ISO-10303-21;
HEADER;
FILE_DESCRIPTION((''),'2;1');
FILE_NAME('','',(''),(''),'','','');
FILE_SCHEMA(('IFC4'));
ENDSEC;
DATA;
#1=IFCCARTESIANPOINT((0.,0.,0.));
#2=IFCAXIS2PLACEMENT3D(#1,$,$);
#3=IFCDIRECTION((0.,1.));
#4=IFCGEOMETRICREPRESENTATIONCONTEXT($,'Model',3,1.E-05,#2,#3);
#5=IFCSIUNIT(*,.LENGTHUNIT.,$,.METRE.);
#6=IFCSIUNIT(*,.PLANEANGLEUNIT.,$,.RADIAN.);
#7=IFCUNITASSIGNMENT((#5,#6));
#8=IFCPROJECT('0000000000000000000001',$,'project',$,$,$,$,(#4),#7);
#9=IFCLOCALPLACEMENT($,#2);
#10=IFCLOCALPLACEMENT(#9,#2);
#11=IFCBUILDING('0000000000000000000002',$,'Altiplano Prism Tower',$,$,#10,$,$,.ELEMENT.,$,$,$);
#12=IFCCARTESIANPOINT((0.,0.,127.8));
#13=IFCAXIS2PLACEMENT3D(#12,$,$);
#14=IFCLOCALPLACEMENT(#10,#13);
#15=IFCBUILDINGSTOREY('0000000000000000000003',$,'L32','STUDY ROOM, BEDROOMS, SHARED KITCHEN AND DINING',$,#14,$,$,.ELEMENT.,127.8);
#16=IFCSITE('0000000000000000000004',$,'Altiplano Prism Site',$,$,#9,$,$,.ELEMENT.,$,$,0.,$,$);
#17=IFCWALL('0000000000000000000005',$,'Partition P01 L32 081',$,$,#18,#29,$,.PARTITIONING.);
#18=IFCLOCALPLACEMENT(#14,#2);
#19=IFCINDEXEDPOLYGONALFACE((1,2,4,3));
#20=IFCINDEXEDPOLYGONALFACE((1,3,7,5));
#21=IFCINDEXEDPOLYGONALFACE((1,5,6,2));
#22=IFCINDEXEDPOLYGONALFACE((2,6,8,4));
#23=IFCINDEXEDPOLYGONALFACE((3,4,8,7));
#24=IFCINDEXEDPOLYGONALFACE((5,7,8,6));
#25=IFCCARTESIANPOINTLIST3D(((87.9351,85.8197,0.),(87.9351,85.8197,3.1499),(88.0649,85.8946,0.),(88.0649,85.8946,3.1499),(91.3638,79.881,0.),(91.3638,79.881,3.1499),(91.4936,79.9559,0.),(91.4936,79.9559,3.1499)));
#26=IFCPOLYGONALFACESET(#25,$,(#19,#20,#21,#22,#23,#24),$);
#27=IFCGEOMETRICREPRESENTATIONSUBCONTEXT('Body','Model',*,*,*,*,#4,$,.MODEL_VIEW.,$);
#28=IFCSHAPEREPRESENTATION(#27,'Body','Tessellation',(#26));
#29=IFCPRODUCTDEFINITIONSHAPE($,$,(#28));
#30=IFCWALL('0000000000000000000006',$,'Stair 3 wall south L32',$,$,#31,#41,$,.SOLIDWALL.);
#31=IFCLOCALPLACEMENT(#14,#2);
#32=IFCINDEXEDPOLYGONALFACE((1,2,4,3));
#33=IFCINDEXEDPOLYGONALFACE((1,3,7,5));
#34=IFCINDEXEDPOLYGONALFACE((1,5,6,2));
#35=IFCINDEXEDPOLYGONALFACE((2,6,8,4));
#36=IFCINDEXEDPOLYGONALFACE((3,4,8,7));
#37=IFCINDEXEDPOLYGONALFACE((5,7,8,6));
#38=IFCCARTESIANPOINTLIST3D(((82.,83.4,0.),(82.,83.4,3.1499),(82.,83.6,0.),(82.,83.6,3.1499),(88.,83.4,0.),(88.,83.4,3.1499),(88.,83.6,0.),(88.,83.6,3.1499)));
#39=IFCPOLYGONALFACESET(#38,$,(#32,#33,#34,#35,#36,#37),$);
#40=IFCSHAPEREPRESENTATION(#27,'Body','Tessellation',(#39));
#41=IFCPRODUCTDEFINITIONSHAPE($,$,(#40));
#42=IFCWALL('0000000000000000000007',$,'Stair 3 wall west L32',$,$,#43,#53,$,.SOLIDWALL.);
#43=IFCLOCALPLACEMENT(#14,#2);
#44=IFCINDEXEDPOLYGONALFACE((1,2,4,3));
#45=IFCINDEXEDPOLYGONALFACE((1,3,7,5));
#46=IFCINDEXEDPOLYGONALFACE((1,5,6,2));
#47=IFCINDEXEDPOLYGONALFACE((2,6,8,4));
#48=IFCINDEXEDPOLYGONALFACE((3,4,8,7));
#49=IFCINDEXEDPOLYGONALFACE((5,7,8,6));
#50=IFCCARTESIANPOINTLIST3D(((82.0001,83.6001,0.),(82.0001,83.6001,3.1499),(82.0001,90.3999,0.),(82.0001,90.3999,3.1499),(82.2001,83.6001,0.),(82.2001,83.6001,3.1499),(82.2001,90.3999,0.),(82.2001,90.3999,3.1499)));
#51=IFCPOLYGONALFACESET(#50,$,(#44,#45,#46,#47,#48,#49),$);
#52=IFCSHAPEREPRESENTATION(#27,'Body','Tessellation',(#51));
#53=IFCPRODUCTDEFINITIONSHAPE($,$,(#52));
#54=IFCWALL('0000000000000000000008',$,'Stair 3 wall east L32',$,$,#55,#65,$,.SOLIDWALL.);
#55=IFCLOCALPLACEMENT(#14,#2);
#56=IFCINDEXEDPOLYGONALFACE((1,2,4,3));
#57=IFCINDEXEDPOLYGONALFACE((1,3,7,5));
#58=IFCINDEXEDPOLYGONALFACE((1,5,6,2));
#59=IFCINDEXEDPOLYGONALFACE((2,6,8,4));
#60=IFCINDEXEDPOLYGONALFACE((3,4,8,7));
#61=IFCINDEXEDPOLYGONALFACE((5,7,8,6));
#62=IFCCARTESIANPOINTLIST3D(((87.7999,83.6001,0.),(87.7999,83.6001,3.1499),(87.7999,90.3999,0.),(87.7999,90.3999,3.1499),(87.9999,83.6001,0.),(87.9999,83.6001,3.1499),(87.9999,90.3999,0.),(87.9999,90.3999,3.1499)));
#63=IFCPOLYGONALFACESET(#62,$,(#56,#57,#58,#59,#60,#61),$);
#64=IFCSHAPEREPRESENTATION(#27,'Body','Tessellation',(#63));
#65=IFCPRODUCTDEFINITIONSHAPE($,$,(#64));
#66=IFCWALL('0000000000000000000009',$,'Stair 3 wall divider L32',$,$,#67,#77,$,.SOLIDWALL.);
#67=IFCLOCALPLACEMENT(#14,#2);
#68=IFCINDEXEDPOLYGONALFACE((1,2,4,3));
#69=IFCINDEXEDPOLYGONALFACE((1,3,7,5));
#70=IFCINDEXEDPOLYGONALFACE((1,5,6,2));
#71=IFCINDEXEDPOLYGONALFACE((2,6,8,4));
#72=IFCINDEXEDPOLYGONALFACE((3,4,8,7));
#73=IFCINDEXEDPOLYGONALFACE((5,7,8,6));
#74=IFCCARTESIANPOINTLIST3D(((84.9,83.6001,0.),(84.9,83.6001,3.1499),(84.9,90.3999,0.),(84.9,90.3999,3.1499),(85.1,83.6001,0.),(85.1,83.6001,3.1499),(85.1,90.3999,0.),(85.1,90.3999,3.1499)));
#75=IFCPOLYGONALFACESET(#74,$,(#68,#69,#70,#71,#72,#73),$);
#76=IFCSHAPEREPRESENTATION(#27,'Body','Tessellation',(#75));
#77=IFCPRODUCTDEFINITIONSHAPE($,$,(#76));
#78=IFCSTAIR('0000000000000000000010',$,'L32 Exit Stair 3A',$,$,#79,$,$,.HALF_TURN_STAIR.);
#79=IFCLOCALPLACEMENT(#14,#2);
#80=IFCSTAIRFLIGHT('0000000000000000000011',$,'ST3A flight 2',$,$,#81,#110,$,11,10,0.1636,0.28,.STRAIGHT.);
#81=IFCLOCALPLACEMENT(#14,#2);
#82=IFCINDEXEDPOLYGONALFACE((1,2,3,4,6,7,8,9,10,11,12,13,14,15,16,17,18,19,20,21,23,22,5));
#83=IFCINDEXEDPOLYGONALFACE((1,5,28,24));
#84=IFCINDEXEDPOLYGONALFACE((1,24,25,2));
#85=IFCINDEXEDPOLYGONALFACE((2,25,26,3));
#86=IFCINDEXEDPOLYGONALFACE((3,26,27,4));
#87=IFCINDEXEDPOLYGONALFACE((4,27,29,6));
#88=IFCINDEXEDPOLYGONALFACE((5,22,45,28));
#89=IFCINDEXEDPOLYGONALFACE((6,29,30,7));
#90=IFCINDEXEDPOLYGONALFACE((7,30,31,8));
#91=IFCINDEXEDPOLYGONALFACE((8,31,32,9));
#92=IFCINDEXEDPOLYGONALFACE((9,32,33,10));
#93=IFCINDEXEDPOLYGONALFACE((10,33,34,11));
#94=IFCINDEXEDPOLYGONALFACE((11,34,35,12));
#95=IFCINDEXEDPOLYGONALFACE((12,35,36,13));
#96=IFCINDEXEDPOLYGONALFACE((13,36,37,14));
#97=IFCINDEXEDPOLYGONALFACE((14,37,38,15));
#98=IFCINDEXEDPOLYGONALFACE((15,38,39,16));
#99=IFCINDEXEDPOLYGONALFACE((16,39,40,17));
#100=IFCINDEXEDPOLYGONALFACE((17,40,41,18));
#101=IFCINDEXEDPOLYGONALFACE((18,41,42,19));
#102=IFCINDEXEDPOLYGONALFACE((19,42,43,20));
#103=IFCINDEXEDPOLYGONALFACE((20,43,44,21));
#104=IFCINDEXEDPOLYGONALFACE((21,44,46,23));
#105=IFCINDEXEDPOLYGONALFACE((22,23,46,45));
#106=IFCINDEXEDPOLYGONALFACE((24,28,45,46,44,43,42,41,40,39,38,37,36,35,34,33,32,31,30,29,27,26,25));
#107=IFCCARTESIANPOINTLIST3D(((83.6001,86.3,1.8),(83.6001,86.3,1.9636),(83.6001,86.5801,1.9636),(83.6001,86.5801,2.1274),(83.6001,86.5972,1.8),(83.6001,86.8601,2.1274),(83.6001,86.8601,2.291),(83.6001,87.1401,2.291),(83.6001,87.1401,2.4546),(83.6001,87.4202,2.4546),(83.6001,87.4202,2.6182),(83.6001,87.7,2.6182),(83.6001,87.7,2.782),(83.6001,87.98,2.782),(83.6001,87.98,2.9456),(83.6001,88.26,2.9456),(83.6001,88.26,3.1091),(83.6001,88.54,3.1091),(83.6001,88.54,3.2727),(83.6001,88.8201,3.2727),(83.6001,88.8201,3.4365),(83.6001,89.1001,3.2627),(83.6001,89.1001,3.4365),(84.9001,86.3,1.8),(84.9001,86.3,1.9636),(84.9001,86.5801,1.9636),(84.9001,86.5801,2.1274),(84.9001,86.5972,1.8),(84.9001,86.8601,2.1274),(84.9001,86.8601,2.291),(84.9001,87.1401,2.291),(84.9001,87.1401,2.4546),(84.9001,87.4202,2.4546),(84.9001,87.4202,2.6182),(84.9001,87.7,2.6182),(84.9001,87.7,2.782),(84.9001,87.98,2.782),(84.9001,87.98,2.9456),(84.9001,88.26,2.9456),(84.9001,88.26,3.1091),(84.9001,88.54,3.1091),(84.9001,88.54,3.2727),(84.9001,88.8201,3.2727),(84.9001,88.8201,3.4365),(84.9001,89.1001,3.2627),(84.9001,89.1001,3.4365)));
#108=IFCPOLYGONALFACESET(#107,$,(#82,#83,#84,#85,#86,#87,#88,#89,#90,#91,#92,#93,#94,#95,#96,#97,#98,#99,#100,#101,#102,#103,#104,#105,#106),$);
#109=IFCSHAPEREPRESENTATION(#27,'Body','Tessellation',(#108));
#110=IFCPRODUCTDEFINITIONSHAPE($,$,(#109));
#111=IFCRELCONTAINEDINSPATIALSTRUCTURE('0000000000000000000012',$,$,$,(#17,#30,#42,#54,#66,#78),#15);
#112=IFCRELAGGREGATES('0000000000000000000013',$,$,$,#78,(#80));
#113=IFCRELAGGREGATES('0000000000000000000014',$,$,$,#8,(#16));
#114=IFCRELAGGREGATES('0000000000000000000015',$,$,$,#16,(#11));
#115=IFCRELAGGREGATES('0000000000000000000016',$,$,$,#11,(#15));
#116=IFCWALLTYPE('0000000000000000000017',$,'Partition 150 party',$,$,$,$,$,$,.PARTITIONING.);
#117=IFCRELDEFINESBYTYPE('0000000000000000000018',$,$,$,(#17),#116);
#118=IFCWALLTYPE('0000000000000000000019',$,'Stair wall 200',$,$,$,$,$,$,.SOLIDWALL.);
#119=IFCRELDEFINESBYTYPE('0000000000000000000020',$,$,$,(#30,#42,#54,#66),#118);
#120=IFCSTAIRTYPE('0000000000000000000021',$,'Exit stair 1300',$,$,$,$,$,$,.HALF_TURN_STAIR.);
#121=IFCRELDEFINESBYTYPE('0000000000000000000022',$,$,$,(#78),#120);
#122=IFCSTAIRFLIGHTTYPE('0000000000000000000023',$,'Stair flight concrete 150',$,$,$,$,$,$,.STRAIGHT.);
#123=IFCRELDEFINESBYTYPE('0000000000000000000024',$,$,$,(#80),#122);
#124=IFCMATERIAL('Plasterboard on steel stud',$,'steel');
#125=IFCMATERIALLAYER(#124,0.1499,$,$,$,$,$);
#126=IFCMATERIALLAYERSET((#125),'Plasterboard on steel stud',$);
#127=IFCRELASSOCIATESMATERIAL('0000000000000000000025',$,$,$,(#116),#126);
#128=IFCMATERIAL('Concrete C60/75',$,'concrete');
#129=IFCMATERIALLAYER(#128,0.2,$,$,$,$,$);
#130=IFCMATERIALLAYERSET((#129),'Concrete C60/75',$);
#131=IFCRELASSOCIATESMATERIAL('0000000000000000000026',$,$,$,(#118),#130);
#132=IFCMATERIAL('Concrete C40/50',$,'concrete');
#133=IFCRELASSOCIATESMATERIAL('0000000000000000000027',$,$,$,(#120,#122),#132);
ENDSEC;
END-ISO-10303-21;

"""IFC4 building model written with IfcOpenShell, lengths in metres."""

from ifc_helpers import new_model, si_unit, direction, frame, frame_2d, origin, place, context, subcontext, project, spatial, polyline, rectangle, outline, extrude, material, layer, layer_set, type_object, element, aggregate, save


model = new_model("IFC4")

# Units and contexts
model_context = context("Model", 3, precision=1e-05, world=origin(), true_north=direction((0.0, 1.0)))
body_context = subcontext(model_context, "Body", "Model", "MODEL_VIEW")
ifc_project = project(units=[si_unit("LENGTHUNIT", "METRE"), si_unit("PLANEANGLEUNIT", "RADIAN")], contexts=[model_context])

# Site, building, storey
site_placement = place(None, origin())
site = spatial("IfcSite", under=ifc_project, at=site_placement, Name="Altiplano Prism Site", CompositionType="ELEMENT", RefElevation=0.0)
building_placement = place(site_placement, origin())
building = spatial("IfcBuilding", under=site, at=building_placement, Name="Altiplano Prism Tower", CompositionType="ELEMENT")
storey_placement = place(building_placement, frame((0.0, 0.0, 127.8)))
storey = spatial("IfcBuildingStorey", under=building, at=storey_placement, Name="L32", Description="STUDY ROOM, BEDROOMS, SHARED KITCHEN AND DINING", CompositionType="ELEMENT", Elevation=127.8)

# Shared definitions
ifc_material_1 = material(Name="Concrete C60/75", Category="concrete")

# Shared definitions
ifc_material_2 = material(Name="Plasterboard on steel stud", Category="steel")

# Walls
ifc_layer_1 = layer(ifc_material_2, 0.1499)
ifc_layer_set_1 = layer_set([ifc_layer_1], Name="Plasterboard on steel stud")
wall_type_1 = type_object("IfcWallType", Name="Partition 150 party", PredefinedType="PARTITIONING", material=ifc_layer_set_1)
wall_1_placement = place(storey_placement, frame((91.4287, 79.9185, 0.0), z_axis=(0.0, 0.0, 1.0), x_axis=(-0.499999, 0.866026, 0.0)))
element("IfcWall", 1, at=wall_1_placement, inside=storey, type_object=wall_type_1, Name="Partition P01 L32 081", PredefinedType="PARTITIONING", context=body_context, shape_type="SweptSolid", body=[
    extrude(rectangle(XDim=6.8574, YDim=0.1499, at=frame_2d((3.4287, 0.0))), origin(), (0.0, 0.0, 1.0), 3.1499),
])
ifc_layer_2 = layer(ifc_material_1, 0.2)
ifc_layer_set_2 = layer_set([ifc_layer_2], Name="Concrete C60/75")
wall_type_2 = type_object("IfcWallType", Name="Stair wall 200", PredefinedType="SOLIDWALL", material=ifc_layer_set_2)
wall_2_placement = place(storey_placement, frame((82.0, 83.5, 0.0), z_axis=(0.0, 0.0, 1.0), x_axis=(1.0, 0.0, 0.0)))
element("IfcWall", 2, at=wall_2_placement, inside=storey, type_object=wall_type_2, Name="Stair 3 wall south L32", PredefinedType="SOLIDWALL", context=body_context, shape_type="SweptSolid", body=[
    extrude(rectangle(XDim=6.0, YDim=0.2, at=frame_2d((3.0, 0.0))), origin(), (0.0, 0.0, 1.0), 3.1499),
])
for number, where, z_axis, x_axis, name in (
    (3, (82.1001, 83.6001, 0.0), (0.0, 0.0, 1.0), (0.0, 1.0, 0.0), "Stair 3 wall west L32"),
    (4, (87.8999, 83.6001, 0.0), (0.0, 0.0, 1.0), (0.0, 1.0, 0.0), "Stair 3 wall east L32"),
    (5, (85.0, 83.6001, 0.0), (0.0, 0.0, 1.0), (0.0, 1.0, 0.0), "Stair 3 wall divider L32"),
):
    element("IfcWall", number, at=place(storey_placement, frame(where, z_axis=z_axis, x_axis=x_axis)), inside=storey, type_object=wall_type_2, Name=name, PredefinedType="SOLIDWALL", context=body_context, shape_type="SweptSolid", body=[
        extrude(rectangle(XDim=6.7998, YDim=0.2, at=frame_2d((3.3999, 0.0))), origin(), (0.0, 0.0, 1.0), 3.1499),
    ])

# Stair, stair flight
ifc_material_3 = material(Name="Concrete C40/50", Category="concrete")
stair_type = type_object("IfcStairType", Name="Exit stair 1300", PredefinedType="HALF_TURN_STAIR", material=ifc_material_3)
stair_placement = place(storey_placement, origin())
stair = element("IfcStair", 6, at=stair_placement, inside=storey, type_object=stair_type, Name="L32 Exit Stair 3A", PredefinedType="HALF_TURN_STAIR")
stair_flight_type = type_object("IfcStairFlightType", Name="Stair flight concrete 150", PredefinedType="STRAIGHT", material=ifc_material_3)
stair_flight_placement = place(storey_placement, frame((84.25, 86.3, 1.8), z_axis=(0.0, 0.0, 1.0), x_axis=(0.0, 1.0, 0.0)))
stair_flight = element("IfcStairFlight", 7, at=stair_flight_placement, type_object=stair_flight_type, Name="ST3A flight 2", NumberOfRisers=11, NumberOfTreads=10, PredefinedType="STRAIGHT", RiserHeight=0.1636, TreadLength=0.28, context=body_context, shape_type="SweptSolid", body=[
    extrude(outline(polyline([(0.0, 0.0), (0.0, 0.1636), (0.28, 0.1636), (0.28, 0.3274), (0.5601, 0.3274), (0.5601, 0.491), (0.8401, 0.491), (0.8401, 0.6545), (1.1201, 0.6545), (1.1201, 0.8181), (1.3999, 0.8181), (1.3999, 0.9819), (1.6799, 0.9819), (1.6799, 1.1455), (1.96, 1.1455), (1.96, 1.3091), (2.24, 1.3091), (2.24, 1.4727), (2.52, 1.4727), (2.52, 1.6365), (2.8, 1.6365), (2.8, 1.8), (2.8, 1.4626), (0.2971, 0.0), (0.0, 0.0)])), frame((0.0, 0.6499, 0.0), z_axis=(0.0, -1.0, 0.0), x_axis=(1.0, 0.0, 0.0)), (0.0, 0.0, 1.0), 1.3),
])
aggregate(stair, [stair_flight])

save(model, "model.ifc")
